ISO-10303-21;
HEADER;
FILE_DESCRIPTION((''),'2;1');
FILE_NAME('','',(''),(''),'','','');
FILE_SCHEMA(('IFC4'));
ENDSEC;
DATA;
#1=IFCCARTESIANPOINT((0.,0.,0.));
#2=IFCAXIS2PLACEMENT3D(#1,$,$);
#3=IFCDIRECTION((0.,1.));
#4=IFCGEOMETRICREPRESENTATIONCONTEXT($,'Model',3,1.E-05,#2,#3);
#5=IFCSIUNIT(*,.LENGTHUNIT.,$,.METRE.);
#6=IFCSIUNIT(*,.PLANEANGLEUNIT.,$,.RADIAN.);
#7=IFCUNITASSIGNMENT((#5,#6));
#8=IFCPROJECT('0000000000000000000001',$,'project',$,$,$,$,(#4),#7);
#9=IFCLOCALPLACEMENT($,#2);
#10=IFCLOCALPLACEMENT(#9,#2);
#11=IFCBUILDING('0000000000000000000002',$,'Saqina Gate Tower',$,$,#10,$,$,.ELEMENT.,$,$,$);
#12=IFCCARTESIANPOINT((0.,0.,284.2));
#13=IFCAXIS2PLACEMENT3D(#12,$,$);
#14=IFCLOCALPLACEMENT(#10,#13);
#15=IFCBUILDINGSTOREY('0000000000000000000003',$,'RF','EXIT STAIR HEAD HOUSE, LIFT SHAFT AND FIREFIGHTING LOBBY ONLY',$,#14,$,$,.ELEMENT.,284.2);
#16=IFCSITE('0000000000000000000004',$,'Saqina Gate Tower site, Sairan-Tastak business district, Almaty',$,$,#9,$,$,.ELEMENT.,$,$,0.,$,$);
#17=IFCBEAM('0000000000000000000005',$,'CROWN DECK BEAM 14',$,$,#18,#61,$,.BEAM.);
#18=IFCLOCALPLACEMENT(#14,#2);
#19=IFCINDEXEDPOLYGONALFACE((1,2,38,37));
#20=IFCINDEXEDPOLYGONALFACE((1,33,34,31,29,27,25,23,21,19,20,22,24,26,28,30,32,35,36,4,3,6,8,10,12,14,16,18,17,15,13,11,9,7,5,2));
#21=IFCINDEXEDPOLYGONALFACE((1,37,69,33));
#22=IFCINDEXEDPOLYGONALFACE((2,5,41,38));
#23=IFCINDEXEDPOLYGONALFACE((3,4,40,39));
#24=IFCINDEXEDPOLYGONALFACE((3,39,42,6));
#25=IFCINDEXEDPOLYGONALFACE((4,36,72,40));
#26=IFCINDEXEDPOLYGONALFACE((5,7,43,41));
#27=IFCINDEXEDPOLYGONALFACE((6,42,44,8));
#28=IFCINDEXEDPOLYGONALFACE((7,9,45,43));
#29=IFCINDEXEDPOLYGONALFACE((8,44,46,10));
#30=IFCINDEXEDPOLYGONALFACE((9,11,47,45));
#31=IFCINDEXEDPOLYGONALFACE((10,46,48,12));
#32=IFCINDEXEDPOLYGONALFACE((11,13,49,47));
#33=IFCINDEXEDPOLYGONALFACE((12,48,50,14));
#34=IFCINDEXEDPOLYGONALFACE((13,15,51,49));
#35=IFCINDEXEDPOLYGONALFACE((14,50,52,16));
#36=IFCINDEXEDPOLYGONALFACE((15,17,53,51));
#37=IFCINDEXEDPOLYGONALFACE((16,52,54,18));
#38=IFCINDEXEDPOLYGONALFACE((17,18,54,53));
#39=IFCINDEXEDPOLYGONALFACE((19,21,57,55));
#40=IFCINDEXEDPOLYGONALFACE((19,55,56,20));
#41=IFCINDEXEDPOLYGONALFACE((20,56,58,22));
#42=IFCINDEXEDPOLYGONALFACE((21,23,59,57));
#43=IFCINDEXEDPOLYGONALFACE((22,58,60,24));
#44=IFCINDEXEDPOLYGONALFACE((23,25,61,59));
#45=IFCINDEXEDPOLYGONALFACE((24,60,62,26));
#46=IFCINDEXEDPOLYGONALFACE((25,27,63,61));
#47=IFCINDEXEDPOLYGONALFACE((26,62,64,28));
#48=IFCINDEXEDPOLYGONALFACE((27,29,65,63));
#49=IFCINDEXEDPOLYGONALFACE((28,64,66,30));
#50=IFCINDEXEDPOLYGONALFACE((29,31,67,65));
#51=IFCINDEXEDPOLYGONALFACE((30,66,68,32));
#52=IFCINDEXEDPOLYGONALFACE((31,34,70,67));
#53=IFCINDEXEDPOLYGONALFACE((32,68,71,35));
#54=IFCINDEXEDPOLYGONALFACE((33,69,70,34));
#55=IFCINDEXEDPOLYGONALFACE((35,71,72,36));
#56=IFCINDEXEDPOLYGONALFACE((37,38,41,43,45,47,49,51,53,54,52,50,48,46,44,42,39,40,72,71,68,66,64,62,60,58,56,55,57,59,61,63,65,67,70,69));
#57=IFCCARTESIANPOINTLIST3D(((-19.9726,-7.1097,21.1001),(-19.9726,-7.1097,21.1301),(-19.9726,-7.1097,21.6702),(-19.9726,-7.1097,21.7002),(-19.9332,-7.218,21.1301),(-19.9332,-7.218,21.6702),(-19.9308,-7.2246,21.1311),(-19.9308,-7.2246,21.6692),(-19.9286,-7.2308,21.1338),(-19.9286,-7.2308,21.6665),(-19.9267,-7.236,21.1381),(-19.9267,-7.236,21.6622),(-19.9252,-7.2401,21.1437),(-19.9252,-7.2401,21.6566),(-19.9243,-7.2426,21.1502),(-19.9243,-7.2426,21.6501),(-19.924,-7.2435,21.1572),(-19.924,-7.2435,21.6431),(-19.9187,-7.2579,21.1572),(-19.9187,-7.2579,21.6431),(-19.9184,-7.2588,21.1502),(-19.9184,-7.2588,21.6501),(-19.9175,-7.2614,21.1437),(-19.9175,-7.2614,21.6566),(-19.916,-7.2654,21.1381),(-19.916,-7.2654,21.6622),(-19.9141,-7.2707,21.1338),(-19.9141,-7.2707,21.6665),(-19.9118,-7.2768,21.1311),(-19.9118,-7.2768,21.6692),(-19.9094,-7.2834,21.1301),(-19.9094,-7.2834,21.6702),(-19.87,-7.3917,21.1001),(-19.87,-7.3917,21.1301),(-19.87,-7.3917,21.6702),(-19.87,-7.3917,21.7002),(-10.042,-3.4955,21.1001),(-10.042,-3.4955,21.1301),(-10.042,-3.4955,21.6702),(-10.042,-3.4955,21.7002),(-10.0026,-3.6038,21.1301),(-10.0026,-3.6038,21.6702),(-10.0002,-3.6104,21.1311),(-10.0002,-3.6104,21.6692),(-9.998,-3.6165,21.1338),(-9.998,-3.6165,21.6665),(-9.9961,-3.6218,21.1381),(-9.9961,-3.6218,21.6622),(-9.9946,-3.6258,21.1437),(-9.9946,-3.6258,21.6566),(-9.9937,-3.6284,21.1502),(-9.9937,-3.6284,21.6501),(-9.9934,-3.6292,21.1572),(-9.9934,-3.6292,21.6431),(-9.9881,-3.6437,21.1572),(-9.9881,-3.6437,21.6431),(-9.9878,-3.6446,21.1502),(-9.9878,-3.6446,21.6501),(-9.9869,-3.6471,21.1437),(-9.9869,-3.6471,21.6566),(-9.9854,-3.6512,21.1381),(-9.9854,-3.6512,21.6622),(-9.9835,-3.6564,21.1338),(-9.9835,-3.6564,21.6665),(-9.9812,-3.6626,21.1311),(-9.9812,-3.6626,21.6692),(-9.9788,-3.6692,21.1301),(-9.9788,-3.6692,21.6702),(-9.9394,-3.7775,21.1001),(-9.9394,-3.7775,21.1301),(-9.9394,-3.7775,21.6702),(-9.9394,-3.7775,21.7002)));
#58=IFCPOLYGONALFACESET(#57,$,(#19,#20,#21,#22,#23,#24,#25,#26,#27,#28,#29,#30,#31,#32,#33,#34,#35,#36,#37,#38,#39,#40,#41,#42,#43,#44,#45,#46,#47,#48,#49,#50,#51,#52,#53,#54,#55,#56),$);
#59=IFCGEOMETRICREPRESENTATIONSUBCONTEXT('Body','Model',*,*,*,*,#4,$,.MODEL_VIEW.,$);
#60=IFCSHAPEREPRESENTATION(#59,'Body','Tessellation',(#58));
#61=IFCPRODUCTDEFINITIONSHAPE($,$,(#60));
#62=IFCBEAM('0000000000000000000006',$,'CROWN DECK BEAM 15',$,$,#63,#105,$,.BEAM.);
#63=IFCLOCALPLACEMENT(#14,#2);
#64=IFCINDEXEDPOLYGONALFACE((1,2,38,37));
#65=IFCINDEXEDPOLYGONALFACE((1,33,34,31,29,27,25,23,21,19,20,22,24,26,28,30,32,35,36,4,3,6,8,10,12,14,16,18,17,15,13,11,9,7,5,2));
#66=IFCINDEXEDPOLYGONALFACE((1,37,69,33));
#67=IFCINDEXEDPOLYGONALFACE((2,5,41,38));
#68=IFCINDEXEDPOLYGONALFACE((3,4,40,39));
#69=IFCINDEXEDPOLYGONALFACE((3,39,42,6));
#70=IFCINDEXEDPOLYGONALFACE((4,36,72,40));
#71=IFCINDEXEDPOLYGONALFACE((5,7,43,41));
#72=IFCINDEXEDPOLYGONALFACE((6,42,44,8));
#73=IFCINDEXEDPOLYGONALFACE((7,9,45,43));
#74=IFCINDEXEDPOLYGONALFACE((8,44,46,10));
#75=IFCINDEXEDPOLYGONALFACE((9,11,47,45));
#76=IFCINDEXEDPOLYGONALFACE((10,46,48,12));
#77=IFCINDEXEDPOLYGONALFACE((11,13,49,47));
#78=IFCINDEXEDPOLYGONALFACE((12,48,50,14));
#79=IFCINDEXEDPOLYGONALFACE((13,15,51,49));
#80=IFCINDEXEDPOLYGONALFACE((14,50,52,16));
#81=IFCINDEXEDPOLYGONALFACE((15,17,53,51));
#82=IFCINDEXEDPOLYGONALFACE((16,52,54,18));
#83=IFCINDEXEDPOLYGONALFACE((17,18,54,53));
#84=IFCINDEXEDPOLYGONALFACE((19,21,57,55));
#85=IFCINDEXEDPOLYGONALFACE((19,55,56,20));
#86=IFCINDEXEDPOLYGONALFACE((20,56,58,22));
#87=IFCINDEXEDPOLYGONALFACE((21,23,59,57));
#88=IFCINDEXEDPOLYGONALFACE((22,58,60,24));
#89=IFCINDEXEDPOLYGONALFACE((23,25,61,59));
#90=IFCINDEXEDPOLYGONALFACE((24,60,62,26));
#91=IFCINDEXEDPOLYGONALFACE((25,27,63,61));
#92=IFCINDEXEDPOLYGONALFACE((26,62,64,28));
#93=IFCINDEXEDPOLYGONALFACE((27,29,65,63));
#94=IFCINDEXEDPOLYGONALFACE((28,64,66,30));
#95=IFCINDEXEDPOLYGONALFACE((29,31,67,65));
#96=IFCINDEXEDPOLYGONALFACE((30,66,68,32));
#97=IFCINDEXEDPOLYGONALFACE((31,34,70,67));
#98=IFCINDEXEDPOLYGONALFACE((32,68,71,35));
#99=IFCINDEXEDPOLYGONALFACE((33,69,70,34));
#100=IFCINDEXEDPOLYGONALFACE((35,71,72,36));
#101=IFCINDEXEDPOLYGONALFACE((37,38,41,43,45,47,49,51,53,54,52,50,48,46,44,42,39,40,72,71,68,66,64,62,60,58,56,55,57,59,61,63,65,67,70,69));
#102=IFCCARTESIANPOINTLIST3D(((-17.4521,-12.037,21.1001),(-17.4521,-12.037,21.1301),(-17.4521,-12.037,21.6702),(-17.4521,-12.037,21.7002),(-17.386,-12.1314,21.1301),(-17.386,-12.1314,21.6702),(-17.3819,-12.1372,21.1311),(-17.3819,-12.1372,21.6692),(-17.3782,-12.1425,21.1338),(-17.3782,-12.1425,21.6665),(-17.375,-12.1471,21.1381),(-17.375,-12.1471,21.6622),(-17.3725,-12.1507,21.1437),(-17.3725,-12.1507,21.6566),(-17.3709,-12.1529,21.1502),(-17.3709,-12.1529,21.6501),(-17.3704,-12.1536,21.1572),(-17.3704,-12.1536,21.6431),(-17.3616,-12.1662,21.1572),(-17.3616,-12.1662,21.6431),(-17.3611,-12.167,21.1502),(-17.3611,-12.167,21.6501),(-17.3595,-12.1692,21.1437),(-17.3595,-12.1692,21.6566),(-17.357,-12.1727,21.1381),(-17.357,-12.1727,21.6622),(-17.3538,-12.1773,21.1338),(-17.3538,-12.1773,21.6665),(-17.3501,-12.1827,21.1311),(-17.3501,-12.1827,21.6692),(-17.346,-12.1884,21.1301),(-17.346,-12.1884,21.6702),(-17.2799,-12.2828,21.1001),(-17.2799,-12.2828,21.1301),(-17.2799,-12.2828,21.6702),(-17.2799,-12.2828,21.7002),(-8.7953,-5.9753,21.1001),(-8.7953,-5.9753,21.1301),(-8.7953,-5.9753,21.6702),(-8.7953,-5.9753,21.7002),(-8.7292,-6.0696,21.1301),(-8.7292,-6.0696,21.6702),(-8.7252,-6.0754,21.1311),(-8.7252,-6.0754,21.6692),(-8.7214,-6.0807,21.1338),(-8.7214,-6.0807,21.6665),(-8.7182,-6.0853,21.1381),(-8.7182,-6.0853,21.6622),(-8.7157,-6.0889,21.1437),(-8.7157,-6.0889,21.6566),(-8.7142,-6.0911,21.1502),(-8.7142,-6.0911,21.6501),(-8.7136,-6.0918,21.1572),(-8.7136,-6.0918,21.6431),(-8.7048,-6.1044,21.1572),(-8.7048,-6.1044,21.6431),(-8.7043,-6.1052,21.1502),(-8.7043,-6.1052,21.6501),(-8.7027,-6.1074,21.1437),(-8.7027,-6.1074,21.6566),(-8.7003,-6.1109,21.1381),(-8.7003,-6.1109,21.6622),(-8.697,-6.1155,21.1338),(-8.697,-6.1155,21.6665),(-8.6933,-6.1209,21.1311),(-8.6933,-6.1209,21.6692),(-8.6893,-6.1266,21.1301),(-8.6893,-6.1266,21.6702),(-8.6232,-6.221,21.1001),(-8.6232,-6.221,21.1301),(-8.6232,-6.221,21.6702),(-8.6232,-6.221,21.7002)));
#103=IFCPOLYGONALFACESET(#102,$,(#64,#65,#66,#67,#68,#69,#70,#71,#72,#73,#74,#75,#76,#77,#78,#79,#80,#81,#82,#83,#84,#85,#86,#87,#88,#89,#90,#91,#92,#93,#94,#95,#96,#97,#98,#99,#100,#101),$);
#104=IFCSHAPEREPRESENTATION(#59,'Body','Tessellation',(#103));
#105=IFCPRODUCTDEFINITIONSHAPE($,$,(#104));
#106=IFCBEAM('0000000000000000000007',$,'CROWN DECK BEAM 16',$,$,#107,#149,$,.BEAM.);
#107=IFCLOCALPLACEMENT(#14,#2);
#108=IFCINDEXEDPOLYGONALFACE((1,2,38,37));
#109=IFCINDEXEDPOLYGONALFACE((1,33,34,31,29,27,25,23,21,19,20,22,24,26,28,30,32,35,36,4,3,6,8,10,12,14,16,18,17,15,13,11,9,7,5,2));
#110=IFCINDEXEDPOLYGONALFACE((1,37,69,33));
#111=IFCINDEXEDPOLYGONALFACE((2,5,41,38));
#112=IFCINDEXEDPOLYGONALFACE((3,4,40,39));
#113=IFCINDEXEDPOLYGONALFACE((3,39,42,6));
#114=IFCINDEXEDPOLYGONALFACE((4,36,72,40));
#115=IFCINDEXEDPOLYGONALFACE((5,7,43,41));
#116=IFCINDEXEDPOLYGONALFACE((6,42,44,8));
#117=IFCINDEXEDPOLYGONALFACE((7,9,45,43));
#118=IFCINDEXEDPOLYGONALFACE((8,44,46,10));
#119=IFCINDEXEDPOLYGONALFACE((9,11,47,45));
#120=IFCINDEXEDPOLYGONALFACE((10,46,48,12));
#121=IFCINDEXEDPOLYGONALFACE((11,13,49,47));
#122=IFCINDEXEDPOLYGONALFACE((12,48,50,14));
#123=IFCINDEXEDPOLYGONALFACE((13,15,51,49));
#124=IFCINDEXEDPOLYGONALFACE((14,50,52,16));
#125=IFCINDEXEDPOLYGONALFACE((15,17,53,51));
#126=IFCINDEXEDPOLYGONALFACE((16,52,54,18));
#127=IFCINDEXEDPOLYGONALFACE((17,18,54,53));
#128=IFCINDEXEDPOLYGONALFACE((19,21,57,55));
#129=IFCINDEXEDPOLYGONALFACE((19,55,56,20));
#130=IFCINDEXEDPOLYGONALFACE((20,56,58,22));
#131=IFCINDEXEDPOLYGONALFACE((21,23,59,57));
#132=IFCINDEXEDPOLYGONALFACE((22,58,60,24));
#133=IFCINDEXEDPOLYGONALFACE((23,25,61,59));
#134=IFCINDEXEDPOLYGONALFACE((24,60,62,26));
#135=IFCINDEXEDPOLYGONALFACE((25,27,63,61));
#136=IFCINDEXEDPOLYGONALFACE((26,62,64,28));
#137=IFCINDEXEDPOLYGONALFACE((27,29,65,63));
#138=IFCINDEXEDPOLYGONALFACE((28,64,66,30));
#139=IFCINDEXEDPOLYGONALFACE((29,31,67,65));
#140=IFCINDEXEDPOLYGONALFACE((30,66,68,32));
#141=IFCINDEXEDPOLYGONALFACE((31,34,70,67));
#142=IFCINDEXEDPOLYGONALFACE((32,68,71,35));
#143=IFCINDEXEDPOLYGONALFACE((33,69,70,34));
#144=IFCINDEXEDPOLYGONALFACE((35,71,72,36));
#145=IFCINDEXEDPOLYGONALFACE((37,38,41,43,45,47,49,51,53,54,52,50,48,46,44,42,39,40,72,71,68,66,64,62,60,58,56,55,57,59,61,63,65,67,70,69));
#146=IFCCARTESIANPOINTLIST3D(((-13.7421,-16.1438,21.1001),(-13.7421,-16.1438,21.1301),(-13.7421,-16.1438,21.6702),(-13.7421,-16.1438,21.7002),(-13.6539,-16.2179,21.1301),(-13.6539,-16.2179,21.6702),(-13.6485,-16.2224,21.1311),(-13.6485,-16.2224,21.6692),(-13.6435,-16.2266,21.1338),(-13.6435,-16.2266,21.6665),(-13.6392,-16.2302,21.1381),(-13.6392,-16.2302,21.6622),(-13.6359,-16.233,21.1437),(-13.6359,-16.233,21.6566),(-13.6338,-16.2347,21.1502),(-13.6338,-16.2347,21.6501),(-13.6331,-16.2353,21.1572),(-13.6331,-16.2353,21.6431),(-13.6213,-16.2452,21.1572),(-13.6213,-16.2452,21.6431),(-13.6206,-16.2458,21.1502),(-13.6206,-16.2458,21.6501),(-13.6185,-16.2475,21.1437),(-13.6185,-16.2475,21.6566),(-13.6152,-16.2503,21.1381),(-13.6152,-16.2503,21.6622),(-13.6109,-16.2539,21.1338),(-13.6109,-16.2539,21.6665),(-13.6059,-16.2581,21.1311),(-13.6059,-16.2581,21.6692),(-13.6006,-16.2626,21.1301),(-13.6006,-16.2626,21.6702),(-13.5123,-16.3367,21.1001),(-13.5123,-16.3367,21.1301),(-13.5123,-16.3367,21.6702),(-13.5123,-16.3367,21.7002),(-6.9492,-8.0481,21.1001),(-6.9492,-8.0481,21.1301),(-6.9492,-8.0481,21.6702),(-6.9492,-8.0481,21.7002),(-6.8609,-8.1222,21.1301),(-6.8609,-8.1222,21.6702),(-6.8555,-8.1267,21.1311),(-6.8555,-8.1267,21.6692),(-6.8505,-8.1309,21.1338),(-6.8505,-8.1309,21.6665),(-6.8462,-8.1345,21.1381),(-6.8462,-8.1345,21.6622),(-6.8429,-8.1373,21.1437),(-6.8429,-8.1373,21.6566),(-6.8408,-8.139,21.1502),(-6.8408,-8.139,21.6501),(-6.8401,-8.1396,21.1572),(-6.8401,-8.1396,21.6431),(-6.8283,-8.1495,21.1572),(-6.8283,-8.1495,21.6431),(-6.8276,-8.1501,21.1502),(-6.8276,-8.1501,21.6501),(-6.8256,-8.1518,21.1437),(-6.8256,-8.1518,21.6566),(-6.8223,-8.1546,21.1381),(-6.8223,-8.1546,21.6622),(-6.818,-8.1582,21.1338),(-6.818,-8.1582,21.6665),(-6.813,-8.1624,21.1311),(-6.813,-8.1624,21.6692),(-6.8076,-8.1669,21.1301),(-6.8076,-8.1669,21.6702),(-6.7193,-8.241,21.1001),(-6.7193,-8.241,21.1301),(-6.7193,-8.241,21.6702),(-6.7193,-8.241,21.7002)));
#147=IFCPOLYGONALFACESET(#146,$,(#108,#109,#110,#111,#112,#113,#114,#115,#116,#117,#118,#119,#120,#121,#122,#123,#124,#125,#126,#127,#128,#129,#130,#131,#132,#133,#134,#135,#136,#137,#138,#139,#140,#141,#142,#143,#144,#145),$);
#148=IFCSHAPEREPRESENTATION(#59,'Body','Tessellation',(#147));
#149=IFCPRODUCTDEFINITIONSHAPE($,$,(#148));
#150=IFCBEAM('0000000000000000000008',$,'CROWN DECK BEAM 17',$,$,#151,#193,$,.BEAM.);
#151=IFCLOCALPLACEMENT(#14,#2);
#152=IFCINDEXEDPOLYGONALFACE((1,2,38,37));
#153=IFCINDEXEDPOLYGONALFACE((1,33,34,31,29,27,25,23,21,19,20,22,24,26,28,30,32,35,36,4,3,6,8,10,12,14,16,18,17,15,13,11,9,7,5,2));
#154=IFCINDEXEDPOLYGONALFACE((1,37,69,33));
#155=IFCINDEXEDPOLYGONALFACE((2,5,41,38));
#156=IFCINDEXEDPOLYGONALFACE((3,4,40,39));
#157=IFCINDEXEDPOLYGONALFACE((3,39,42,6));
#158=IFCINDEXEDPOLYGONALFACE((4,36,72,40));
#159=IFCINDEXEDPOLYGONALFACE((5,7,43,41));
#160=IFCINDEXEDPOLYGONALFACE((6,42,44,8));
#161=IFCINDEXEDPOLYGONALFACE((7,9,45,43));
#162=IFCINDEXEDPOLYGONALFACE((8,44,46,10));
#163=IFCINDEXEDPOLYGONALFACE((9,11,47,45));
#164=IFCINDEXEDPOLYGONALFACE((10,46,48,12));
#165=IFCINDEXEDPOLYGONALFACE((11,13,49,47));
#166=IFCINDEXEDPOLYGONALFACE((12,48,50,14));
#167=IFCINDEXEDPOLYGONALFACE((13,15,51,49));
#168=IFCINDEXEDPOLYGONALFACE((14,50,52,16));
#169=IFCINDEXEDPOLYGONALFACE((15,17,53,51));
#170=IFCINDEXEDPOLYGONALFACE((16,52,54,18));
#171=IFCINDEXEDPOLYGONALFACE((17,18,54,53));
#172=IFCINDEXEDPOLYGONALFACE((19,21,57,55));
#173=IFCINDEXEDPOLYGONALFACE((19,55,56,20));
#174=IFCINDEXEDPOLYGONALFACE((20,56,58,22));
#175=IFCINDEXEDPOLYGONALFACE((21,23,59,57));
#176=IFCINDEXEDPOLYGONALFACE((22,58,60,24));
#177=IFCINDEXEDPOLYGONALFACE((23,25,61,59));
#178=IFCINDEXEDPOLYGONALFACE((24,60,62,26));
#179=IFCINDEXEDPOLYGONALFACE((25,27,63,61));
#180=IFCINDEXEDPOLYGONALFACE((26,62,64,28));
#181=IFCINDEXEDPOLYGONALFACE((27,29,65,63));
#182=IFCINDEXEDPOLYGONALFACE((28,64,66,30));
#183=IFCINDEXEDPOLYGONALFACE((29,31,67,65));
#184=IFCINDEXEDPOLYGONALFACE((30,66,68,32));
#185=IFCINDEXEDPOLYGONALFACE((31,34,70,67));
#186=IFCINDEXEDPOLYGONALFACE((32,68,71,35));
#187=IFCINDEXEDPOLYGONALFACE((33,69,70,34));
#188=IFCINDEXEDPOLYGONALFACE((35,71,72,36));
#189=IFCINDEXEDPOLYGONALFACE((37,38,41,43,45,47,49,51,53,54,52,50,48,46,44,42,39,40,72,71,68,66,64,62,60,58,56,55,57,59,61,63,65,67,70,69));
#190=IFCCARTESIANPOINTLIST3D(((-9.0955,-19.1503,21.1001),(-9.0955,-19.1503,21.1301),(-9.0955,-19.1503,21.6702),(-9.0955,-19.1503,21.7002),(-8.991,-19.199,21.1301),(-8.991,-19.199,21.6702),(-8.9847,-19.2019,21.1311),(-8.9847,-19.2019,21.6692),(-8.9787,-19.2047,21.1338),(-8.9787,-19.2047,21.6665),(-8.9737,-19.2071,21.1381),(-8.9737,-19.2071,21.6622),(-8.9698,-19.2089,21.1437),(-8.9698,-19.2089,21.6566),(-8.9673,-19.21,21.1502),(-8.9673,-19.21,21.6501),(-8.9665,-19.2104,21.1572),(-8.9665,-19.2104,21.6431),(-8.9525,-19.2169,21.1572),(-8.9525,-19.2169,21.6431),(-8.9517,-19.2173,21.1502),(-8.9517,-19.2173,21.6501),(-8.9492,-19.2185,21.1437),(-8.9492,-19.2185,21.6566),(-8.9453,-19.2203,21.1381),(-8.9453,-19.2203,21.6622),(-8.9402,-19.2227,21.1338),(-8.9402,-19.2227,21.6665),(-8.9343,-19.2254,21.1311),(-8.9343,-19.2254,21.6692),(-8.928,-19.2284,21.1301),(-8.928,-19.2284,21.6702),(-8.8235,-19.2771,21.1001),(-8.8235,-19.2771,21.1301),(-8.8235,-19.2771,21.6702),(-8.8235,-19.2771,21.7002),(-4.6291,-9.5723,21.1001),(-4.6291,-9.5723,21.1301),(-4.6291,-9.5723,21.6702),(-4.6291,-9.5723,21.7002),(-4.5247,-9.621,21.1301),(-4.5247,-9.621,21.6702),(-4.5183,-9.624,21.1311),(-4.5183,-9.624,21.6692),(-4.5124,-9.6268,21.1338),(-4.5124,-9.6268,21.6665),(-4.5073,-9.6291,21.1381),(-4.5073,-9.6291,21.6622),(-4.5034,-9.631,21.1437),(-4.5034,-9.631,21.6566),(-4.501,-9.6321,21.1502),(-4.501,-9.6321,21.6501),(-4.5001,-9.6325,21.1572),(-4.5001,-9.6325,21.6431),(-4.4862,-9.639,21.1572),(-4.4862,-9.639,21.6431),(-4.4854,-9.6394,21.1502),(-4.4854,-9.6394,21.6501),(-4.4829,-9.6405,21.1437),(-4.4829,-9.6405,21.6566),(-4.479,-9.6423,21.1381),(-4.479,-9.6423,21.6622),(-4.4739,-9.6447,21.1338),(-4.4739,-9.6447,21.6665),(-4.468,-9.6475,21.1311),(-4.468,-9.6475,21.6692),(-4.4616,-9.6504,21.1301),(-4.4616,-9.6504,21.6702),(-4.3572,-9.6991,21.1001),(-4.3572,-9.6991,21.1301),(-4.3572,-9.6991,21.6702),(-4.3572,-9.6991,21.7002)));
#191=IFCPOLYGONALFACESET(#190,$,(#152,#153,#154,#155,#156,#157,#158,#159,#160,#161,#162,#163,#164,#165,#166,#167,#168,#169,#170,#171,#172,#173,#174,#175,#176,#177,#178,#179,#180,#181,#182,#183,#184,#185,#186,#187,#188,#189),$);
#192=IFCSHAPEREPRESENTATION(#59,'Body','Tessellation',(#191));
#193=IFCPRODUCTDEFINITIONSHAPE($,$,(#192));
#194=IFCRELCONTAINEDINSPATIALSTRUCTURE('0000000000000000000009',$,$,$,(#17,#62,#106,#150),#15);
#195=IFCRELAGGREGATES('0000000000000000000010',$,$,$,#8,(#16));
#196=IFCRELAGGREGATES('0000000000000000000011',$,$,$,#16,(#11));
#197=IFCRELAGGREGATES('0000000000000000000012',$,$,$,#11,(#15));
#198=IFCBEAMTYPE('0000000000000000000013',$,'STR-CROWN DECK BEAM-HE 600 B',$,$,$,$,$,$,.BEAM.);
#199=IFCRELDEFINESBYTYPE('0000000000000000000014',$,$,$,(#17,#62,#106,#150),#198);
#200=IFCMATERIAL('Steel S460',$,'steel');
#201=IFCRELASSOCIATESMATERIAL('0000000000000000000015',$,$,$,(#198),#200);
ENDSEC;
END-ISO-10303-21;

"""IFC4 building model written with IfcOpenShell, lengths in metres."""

from ifc_helpers import new_model, si_unit, direction, frame, origin, origin_2d, place, context, subcontext, project, spatial, i_section, extrude, material, material_profile, profile_set, type_object, element, save


model = new_model("IFC4")

# Units and contexts
model_context = context("Model", 3, precision=1e-05, world=origin(), true_north=direction((0.0, 1.0)))
body_context = subcontext(model_context, "Body", "Model", "MODEL_VIEW")
ifc_project = project(units=[si_unit("LENGTHUNIT", "METRE"), si_unit("PLANEANGLEUNIT", "RADIAN")], contexts=[model_context])

# Site, building, storey
site_placement = place(None, origin())
site = spatial("IfcSite", under=ifc_project, at=site_placement, Name="Saqina Gate Tower site, Sairan-Tastak business district, Almaty", CompositionType="ELEMENT", RefElevation=0.0)
building_placement = place(site_placement, origin())
building = spatial("IfcBuilding", under=site, at=building_placement, Name="Saqina Gate Tower", CompositionType="ELEMENT")
storey_placement = place(building_placement, frame((0.0, 0.0, 284.2)))
storey = spatial("IfcBuildingStorey", under=building, at=storey_placement, Name="RF", Description="EXIT STAIR HEAD HOUSE, LIFT SHAFT AND FIREFIGHTING LOBBY ONLY", CompositionType="ELEMENT", Elevation=284.2)

# Beams
ifc_material_1 = material(Name="Steel S460", Category="steel")
ifc_material_profile_1 = material_profile(ifc_material_1, i_section(OverallWidth=0.3, OverallDepth=0.6001, WebThickness=0.0154, FlangeThickness=0.03, FilletRadius=0.0271, at=origin_2d()), Name="HE 600 B")
ifc_profile_set_1 = profile_set([ifc_material_profile_1], Name="Steel S460")
beam_type_1 = type_object("IfcBeamType", Name="STR-CROWN DECK BEAM-HE 600 B", PredefinedType="BEAM", material=ifc_profile_set_1)
beam_1_placement = place(storey_placement, frame((-9.9907, -3.6365, 21.4001), z_axis=(-0.939699, -0.342003, 0.0), x_axis=(0.342003, -0.939699, 0.0)))
element("IfcBeam", 1, at=beam_1_placement, inside=storey, type_object=beam_type_1, Name="CROWN DECK BEAM 14", PredefinedType="BEAM", context=body_context, shape_type="SweptSolid", body=[
    extrude(i_section(OverallWidth=0.3, OverallDepth=0.6001, WebThickness=0.0154, FlangeThickness=0.03, FilletRadius=0.0271, at=origin_2d()), origin(), (0.0, 0.0, 1.0), 10.5679),
])
for number, where, z_axis, x_axis, name in (
    (2, (-8.7092, -6.0981, 21.4001), (-0.819141, -0.573593, 0.0), (0.573593, -0.819141, 0.0), "CROWN DECK BEAM 15"),
    (3, (-6.8342, -8.1445, 21.4001), (-0.64278, -0.766051, 0.0), (0.766051, -0.64278, 0.0), "CROWN DECK BEAM 16"),
    (4, (-4.4932, -9.6357, 21.4001), (-0.422624, -0.906305, 0.0), (0.906305, -0.422624, 0.0), "CROWN DECK BEAM 17"),
):
    element("IfcBeam", number, at=place(storey_placement, frame(where, z_axis=z_axis, x_axis=x_axis)), inside=storey, type_object=beam_type_1, Name=name, PredefinedType="BEAM", context=body_context, shape_type="SweptSolid", body=[
        extrude(i_section(OverallWidth=0.3, OverallDepth=0.6001, WebThickness=0.0154, FlangeThickness=0.03, FilletRadius=0.0271, at=origin_2d()), origin(), (0.0, 0.0, 1.0), 10.5681),
    ])

save(model, "model.ifc")
